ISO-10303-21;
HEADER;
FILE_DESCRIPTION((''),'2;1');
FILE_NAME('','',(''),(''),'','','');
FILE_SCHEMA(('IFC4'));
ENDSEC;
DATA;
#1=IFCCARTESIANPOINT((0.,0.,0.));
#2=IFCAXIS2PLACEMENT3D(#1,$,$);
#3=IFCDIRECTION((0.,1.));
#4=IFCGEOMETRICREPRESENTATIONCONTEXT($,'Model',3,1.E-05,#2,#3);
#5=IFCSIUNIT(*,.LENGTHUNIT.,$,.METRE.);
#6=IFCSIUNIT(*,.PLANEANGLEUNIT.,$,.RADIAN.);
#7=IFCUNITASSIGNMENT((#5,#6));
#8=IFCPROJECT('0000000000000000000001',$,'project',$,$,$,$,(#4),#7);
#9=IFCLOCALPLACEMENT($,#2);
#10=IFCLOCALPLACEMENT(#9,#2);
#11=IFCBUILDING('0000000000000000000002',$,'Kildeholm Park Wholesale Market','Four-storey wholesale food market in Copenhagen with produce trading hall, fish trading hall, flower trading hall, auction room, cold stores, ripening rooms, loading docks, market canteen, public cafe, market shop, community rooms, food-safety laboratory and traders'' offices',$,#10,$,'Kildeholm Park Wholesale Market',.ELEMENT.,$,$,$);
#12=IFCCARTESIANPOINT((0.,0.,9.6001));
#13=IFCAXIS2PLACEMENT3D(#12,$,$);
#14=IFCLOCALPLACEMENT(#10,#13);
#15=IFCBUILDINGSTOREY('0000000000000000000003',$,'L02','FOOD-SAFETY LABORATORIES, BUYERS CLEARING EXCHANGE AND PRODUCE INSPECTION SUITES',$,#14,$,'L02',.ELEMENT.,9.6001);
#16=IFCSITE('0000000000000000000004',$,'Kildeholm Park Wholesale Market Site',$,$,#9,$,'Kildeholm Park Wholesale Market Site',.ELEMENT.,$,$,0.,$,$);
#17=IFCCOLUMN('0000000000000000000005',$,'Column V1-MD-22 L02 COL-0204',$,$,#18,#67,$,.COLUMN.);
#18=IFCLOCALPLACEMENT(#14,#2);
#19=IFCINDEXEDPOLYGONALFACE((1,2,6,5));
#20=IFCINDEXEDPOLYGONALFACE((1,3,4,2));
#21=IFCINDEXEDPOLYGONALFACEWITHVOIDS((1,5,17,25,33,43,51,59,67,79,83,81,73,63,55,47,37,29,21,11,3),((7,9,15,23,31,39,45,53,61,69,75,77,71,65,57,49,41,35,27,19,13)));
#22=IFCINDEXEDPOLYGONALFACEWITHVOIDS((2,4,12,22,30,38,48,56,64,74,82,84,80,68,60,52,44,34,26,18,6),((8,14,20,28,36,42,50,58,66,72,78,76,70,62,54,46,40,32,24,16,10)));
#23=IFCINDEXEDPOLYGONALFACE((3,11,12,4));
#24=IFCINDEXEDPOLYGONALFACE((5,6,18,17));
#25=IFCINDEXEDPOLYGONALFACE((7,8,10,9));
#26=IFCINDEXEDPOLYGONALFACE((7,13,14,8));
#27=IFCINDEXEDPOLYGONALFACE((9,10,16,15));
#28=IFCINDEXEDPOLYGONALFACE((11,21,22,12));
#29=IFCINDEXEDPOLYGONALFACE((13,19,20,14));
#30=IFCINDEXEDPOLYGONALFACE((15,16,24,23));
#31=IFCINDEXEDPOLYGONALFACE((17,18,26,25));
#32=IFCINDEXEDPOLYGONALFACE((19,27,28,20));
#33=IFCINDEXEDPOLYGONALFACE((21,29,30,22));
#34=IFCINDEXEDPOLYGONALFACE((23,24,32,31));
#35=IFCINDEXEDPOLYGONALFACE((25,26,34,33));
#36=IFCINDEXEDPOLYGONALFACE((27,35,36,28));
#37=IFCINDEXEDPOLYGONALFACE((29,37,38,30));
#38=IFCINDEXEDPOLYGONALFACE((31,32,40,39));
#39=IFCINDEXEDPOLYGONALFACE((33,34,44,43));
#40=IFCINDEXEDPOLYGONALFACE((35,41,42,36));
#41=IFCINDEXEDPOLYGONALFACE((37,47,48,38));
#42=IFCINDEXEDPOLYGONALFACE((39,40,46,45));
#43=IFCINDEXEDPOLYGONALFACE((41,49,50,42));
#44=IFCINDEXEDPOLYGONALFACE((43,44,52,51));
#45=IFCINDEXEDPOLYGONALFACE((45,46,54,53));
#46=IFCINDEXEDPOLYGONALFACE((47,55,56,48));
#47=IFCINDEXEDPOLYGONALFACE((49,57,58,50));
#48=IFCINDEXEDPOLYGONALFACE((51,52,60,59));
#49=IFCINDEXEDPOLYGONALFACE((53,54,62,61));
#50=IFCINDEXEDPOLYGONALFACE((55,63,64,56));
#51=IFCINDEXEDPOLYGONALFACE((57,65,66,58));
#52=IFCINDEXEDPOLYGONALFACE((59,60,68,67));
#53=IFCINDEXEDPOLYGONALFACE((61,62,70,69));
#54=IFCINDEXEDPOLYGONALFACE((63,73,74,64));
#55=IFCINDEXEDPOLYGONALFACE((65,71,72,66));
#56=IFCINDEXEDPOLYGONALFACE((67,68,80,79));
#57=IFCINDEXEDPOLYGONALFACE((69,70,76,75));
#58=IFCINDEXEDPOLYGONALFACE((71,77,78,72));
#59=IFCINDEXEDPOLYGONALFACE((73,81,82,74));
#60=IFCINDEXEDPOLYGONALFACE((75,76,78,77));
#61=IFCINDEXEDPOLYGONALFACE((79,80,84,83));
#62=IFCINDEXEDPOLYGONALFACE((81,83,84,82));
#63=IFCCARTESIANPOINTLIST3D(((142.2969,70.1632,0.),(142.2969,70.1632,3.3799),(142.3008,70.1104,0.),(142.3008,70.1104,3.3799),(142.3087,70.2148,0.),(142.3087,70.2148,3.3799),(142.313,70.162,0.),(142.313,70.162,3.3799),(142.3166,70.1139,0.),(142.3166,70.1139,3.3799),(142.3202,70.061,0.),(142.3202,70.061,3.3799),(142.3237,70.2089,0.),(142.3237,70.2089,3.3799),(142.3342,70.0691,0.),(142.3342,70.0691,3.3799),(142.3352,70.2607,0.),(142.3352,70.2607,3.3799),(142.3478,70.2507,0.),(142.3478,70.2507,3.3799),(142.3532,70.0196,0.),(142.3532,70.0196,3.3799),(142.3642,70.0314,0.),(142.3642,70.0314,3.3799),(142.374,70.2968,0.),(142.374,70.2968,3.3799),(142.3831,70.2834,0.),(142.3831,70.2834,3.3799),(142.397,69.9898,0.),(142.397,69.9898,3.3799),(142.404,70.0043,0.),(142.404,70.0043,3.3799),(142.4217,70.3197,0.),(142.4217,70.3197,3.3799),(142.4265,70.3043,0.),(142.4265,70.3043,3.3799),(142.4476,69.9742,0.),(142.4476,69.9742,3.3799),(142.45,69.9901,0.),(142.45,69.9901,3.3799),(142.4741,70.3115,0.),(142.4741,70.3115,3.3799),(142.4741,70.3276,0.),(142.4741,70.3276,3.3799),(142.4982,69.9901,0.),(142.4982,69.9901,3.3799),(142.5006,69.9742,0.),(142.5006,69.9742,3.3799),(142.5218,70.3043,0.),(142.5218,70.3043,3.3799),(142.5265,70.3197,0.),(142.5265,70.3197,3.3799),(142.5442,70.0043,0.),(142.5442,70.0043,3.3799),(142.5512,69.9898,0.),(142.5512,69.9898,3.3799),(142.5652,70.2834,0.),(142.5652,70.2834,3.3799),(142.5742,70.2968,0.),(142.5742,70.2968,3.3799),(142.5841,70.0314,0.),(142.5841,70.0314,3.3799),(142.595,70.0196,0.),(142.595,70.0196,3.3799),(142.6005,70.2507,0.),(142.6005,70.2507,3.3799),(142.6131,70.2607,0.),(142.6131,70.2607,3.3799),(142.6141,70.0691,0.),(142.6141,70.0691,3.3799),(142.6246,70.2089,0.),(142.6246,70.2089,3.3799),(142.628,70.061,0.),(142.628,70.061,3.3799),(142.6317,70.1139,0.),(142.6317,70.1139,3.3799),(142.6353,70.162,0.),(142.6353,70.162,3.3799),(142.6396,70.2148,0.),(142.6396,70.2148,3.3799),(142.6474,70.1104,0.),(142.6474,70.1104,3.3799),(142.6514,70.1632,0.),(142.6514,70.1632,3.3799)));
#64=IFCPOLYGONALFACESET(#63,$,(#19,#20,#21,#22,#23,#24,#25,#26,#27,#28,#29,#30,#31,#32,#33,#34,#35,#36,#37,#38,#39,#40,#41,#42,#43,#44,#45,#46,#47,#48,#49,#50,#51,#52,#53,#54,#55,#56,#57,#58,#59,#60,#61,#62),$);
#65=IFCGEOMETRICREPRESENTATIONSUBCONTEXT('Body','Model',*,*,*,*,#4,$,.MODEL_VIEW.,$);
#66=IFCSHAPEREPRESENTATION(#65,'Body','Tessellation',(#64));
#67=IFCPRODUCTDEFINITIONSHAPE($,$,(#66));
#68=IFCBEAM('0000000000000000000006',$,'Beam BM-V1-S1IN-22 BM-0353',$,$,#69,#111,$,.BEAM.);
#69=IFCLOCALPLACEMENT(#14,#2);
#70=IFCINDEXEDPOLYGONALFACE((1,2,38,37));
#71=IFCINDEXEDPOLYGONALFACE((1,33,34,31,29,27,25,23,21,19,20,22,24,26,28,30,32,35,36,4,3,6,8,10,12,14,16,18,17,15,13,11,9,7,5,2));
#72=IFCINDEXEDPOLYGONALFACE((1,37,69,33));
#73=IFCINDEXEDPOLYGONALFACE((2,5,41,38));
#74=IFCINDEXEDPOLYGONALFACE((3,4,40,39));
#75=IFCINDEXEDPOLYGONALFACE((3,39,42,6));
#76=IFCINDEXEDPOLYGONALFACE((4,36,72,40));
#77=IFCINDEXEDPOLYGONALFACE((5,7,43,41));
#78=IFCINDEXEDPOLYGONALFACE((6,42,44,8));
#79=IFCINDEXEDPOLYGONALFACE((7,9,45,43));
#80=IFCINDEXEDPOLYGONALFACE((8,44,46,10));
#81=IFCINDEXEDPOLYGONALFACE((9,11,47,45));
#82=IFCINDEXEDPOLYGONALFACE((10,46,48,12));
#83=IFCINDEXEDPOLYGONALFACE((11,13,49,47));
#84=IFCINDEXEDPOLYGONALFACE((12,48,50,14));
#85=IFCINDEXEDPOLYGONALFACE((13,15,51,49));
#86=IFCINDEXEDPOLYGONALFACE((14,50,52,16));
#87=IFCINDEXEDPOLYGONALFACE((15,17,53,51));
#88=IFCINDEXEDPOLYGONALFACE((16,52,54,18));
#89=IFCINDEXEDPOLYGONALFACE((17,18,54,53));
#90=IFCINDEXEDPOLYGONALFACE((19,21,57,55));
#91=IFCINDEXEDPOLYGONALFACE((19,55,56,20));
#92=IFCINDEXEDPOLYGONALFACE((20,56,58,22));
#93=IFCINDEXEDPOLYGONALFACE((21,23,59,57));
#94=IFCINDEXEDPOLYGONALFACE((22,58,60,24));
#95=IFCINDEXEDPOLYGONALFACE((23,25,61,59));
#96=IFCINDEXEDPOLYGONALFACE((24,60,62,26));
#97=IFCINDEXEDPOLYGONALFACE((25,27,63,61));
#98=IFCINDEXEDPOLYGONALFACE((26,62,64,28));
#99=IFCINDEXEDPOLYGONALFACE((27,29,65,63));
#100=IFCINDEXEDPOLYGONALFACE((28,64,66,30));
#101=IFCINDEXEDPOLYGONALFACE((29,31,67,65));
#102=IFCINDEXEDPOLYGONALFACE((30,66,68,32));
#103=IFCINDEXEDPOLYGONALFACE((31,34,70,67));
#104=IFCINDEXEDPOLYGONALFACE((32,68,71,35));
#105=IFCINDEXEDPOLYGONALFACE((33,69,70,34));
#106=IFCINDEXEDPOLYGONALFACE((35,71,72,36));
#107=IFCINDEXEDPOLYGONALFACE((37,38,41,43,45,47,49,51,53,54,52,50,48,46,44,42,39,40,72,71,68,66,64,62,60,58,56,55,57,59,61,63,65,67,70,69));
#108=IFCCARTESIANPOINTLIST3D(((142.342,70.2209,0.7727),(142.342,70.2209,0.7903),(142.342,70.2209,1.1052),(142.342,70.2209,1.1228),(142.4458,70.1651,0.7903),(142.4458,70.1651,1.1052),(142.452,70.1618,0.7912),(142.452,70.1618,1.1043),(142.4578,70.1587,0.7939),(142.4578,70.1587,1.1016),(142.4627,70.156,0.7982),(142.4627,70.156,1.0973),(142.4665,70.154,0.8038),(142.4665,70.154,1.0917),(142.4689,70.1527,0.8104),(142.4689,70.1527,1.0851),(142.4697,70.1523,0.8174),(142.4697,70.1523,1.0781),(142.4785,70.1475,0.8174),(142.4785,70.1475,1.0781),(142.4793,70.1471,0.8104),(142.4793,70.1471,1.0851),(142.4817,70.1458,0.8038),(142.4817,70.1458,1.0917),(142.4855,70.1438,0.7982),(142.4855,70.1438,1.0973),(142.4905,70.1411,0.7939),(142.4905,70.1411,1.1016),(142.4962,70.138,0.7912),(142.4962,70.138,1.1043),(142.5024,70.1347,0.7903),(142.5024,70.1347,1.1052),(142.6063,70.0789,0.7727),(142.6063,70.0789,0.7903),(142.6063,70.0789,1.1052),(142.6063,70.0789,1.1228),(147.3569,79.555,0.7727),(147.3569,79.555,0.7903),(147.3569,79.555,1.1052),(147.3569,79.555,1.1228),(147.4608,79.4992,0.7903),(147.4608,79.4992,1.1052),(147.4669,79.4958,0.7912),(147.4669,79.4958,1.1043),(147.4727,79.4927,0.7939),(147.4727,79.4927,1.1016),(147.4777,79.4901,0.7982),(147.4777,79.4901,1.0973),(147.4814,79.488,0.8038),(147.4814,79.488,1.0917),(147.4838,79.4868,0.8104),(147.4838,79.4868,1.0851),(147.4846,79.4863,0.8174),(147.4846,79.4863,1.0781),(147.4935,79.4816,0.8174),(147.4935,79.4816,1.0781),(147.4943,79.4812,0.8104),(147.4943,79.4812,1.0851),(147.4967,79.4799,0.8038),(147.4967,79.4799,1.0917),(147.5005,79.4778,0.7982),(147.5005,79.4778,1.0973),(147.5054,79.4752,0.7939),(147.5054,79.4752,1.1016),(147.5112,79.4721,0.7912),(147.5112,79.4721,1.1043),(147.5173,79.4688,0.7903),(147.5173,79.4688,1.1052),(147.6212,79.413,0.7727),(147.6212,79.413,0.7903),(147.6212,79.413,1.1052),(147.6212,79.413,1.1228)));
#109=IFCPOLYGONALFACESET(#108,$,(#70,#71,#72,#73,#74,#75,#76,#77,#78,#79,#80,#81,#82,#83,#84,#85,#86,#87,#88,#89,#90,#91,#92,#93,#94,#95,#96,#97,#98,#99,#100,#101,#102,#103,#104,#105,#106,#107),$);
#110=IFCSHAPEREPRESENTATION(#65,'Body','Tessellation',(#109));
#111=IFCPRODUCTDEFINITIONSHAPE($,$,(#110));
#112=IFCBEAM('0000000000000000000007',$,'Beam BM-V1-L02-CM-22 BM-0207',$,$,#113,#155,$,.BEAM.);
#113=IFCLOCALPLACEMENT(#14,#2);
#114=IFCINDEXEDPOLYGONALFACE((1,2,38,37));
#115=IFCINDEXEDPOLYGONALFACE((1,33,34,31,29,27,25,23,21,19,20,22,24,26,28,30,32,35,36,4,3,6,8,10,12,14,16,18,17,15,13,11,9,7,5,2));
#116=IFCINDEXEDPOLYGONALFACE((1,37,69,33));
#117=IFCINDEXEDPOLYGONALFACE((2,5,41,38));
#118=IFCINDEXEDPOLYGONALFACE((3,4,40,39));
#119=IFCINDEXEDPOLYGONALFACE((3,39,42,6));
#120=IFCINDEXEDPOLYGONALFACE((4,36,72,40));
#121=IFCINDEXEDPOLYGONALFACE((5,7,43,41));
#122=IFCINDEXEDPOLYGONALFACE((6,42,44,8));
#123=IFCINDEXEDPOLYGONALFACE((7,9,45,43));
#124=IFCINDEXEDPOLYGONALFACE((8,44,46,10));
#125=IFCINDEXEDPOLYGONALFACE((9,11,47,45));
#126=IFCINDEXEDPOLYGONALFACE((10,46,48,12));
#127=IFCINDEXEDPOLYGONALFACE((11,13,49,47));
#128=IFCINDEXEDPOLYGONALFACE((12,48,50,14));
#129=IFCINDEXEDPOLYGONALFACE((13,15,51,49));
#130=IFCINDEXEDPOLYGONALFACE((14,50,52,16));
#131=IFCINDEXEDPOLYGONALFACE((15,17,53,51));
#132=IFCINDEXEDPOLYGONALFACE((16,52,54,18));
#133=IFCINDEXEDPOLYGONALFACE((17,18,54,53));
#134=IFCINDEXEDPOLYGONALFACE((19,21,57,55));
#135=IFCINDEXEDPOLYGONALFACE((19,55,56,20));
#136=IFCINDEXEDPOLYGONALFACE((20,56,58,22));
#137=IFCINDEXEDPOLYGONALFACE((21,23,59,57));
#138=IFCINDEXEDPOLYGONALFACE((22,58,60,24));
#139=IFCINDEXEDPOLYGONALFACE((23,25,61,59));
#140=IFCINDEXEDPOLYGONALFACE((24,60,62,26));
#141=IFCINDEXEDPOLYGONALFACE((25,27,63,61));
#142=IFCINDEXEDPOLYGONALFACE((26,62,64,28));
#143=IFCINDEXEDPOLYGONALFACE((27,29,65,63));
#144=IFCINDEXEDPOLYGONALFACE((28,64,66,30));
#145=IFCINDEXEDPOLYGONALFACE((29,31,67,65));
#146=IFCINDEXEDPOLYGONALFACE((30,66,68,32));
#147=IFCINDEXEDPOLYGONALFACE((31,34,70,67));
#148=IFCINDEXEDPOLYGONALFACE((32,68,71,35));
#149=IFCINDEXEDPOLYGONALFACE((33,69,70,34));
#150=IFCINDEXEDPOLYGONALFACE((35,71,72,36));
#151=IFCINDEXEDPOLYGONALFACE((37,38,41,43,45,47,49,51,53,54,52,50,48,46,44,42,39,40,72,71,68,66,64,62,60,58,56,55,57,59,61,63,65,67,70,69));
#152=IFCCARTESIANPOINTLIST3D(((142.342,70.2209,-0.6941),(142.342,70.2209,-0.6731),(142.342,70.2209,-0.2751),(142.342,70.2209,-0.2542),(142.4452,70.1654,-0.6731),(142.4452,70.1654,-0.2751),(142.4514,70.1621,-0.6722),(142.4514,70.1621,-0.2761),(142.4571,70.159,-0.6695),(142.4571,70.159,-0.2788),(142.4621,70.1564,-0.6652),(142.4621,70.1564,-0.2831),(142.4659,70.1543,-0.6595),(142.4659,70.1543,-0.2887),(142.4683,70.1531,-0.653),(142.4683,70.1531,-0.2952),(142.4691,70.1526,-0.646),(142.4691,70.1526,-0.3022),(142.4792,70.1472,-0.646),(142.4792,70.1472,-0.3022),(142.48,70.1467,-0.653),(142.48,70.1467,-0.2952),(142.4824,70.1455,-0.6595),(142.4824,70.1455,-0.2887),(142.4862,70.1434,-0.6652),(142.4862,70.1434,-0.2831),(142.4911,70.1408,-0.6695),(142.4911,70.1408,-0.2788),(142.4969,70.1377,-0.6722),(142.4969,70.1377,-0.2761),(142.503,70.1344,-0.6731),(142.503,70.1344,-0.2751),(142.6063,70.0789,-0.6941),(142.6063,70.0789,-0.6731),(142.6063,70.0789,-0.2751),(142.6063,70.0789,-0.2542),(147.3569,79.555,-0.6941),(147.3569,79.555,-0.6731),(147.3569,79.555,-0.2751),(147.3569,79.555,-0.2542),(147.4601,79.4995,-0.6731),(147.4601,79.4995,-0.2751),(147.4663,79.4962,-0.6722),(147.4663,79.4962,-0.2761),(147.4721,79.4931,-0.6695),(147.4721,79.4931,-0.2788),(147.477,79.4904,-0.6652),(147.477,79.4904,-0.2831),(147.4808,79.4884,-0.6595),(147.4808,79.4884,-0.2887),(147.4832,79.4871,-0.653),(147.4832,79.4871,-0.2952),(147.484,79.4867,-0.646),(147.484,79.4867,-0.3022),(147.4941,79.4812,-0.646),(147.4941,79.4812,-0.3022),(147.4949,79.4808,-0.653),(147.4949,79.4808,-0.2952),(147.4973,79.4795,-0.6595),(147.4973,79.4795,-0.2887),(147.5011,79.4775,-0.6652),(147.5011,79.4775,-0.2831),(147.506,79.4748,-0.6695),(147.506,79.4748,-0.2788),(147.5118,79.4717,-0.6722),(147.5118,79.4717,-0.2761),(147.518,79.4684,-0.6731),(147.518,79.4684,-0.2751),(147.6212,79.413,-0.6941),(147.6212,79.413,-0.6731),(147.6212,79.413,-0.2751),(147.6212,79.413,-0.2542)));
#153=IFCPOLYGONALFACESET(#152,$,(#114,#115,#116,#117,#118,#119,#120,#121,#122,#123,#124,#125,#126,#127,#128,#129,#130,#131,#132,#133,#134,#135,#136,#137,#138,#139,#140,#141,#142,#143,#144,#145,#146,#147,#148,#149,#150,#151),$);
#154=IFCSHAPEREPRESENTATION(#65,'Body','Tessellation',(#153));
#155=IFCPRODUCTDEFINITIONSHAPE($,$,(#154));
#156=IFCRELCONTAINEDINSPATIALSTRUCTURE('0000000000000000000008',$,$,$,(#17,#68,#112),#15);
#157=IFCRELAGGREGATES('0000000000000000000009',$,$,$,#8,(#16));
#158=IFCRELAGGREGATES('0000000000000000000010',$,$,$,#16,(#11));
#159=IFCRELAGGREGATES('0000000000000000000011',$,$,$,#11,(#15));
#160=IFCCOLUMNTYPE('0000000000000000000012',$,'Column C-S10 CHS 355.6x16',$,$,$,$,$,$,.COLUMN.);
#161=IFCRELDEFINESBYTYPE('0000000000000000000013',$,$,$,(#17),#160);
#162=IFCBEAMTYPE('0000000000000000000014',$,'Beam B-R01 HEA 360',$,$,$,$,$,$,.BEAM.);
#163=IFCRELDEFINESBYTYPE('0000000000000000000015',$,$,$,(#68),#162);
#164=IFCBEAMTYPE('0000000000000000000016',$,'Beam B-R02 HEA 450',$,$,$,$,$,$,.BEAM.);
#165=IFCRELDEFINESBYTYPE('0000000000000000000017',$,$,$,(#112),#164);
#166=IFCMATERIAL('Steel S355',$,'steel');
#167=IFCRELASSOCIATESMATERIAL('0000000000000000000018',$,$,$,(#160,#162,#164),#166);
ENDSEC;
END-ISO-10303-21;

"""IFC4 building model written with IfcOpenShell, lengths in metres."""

from ifc_helpers import new_model, si_unit, direction, frame, origin, origin_2d, place, context, subcontext, project, spatial, hollow_circle, i_section, extrude, material, material_profile, profile_set, type_object, element, save


model = new_model("IFC4")

# Units and contexts
model_context = context("Model", 3, precision=1e-05, world=origin(), true_north=direction((0.0, 1.0)))
body_context = subcontext(model_context, "Body", "Model", "MODEL_VIEW")
ifc_project = project(units=[si_unit("LENGTHUNIT", "METRE"), si_unit("PLANEANGLEUNIT", "RADIAN")], contexts=[model_context])

# Site, building, storey
site_placement = place(None, origin())
site = spatial("IfcSite", under=ifc_project, at=site_placement, Name="Kildeholm Park Wholesale Market Site", LongName="Kildeholm Park Wholesale Market Site", CompositionType="ELEMENT", RefElevation=0.0)
building_placement = place(site_placement, origin())
building = spatial("IfcBuilding", under=site, at=building_placement, Name="Kildeholm Park Wholesale Market", Description="Four-storey wholesale food market in Copenhagen with produce trading hall, fish trading hall, flower trading hall, auction room, cold stores, ripening rooms, loading docks, market canteen, public cafe, market shop, community rooms, food-safety laboratory and traders' offices", LongName="Kildeholm Park Wholesale Market", CompositionType="ELEMENT")
storey_placement = place(building_placement, frame((0.0, 0.0, 9.6001)))
storey = spatial("IfcBuildingStorey", under=building, at=storey_placement, Name="L02", Description="FOOD-SAFETY LABORATORIES, BUYERS CLEARING EXCHANGE AND PRODUCE INSPECTION SUITES", LongName="L02", CompositionType="ELEMENT", Elevation=9.6001)

# Column
ifc_material_1 = material(Name="Steel S355", Category="steel")
ifc_material_profile_1 = material_profile(ifc_material_1, hollow_circle(Radius=0.1777, WallThickness=0.0161, at=origin_2d()), Name="CHS 355.6x16")
ifc_profile_set_1 = profile_set([ifc_material_profile_1], Name="Steel S355")
column_type = type_object("IfcColumnType", Name="Column C-S10 CHS 355.6x16", PredefinedType="COLUMN", material=ifc_profile_set_1)
column_placement = place(storey_placement, frame((142.4741, 70.1499, 0.0), z_axis=(0.0, 0.0, 1.0), x_axis=(0.866025, -0.5, 0.0)))
element("IfcColumn", 1, at=column_placement, inside=storey, type_object=column_type, Name="Column V1-MD-22 L02 COL-0204", PredefinedType="COLUMN", context=body_context, shape_type="SweptSolid", body=[
    extrude(hollow_circle(Radius=0.1777, WallThickness=0.0161, at=origin_2d()), origin(), (0.0, 0.0, 1.0), 3.3799),
])

# Beams
ifc_material_profile_2 = material_profile(ifc_material_1, i_section(OverallWidth=0.3, OverallDepth=0.3501, WebThickness=0.01, FlangeThickness=0.0176, FilletRadius=0.0271, at=origin_2d()), Name="HEA 360")
ifc_profile_set_2 = profile_set([ifc_material_profile_2], Name="Steel S355")
beam_type_1 = type_object("IfcBeamType", Name="Beam B-R01 HEA 360", PredefinedType="BEAM", material=ifc_profile_set_2)
beam_1_placement = place(storey_placement, frame((142.4741, 70.1499, 0.9478), z_axis=(0.473288, 0.880908, 0.0), x_axis=(-0.880908, 0.473288, 0.0)))
element("IfcBeam", 2, at=beam_1_placement, inside=storey, type_object=beam_type_1, Name="Beam BM-V1-S1IN-22 BM-0353", PredefinedType="BEAM", context=body_context, shape_type="SweptSolid", body=[
    extrude(i_section(OverallWidth=0.3, OverallDepth=0.3501, WebThickness=0.01, FlangeThickness=0.0176, FilletRadius=0.0271, at=origin_2d()), origin(), (0.0, 0.0, 1.0), 10.5959),
])
ifc_material_profile_3 = material_profile(ifc_material_1, i_section(OverallWidth=0.3, OverallDepth=0.4399, WebThickness=0.0115, FlangeThickness=0.021, FilletRadius=0.0271, at=origin_2d()), Name="HEA 450")
ifc_profile_set_3 = profile_set([ifc_material_profile_3], Name="Steel S355")
beam_type_2 = type_object("IfcBeamType", Name="Beam B-R02 HEA 450", PredefinedType="BEAM", material=ifc_profile_set_3)
beam_2_placement = place(storey_placement, frame((142.4741, 70.1499, -0.4741), z_axis=(0.473288, 0.880908, 0.0), x_axis=(-0.880908, 0.473288, 0.0)))
element("IfcBeam", 3, at=beam_2_placement, inside=storey, type_object=beam_type_2, Name="Beam BM-V1-L02-CM-22 BM-0207", PredefinedType="BEAM", context=body_context, shape_type="SweptSolid", body=[
    extrude(i_section(OverallWidth=0.3, OverallDepth=0.4399, WebThickness=0.0115, FlangeThickness=0.021, FilletRadius=0.0271, at=origin_2d()), origin(), (0.0, 0.0, 1.0), 10.5959),
])

save(model, "model.ifc")
